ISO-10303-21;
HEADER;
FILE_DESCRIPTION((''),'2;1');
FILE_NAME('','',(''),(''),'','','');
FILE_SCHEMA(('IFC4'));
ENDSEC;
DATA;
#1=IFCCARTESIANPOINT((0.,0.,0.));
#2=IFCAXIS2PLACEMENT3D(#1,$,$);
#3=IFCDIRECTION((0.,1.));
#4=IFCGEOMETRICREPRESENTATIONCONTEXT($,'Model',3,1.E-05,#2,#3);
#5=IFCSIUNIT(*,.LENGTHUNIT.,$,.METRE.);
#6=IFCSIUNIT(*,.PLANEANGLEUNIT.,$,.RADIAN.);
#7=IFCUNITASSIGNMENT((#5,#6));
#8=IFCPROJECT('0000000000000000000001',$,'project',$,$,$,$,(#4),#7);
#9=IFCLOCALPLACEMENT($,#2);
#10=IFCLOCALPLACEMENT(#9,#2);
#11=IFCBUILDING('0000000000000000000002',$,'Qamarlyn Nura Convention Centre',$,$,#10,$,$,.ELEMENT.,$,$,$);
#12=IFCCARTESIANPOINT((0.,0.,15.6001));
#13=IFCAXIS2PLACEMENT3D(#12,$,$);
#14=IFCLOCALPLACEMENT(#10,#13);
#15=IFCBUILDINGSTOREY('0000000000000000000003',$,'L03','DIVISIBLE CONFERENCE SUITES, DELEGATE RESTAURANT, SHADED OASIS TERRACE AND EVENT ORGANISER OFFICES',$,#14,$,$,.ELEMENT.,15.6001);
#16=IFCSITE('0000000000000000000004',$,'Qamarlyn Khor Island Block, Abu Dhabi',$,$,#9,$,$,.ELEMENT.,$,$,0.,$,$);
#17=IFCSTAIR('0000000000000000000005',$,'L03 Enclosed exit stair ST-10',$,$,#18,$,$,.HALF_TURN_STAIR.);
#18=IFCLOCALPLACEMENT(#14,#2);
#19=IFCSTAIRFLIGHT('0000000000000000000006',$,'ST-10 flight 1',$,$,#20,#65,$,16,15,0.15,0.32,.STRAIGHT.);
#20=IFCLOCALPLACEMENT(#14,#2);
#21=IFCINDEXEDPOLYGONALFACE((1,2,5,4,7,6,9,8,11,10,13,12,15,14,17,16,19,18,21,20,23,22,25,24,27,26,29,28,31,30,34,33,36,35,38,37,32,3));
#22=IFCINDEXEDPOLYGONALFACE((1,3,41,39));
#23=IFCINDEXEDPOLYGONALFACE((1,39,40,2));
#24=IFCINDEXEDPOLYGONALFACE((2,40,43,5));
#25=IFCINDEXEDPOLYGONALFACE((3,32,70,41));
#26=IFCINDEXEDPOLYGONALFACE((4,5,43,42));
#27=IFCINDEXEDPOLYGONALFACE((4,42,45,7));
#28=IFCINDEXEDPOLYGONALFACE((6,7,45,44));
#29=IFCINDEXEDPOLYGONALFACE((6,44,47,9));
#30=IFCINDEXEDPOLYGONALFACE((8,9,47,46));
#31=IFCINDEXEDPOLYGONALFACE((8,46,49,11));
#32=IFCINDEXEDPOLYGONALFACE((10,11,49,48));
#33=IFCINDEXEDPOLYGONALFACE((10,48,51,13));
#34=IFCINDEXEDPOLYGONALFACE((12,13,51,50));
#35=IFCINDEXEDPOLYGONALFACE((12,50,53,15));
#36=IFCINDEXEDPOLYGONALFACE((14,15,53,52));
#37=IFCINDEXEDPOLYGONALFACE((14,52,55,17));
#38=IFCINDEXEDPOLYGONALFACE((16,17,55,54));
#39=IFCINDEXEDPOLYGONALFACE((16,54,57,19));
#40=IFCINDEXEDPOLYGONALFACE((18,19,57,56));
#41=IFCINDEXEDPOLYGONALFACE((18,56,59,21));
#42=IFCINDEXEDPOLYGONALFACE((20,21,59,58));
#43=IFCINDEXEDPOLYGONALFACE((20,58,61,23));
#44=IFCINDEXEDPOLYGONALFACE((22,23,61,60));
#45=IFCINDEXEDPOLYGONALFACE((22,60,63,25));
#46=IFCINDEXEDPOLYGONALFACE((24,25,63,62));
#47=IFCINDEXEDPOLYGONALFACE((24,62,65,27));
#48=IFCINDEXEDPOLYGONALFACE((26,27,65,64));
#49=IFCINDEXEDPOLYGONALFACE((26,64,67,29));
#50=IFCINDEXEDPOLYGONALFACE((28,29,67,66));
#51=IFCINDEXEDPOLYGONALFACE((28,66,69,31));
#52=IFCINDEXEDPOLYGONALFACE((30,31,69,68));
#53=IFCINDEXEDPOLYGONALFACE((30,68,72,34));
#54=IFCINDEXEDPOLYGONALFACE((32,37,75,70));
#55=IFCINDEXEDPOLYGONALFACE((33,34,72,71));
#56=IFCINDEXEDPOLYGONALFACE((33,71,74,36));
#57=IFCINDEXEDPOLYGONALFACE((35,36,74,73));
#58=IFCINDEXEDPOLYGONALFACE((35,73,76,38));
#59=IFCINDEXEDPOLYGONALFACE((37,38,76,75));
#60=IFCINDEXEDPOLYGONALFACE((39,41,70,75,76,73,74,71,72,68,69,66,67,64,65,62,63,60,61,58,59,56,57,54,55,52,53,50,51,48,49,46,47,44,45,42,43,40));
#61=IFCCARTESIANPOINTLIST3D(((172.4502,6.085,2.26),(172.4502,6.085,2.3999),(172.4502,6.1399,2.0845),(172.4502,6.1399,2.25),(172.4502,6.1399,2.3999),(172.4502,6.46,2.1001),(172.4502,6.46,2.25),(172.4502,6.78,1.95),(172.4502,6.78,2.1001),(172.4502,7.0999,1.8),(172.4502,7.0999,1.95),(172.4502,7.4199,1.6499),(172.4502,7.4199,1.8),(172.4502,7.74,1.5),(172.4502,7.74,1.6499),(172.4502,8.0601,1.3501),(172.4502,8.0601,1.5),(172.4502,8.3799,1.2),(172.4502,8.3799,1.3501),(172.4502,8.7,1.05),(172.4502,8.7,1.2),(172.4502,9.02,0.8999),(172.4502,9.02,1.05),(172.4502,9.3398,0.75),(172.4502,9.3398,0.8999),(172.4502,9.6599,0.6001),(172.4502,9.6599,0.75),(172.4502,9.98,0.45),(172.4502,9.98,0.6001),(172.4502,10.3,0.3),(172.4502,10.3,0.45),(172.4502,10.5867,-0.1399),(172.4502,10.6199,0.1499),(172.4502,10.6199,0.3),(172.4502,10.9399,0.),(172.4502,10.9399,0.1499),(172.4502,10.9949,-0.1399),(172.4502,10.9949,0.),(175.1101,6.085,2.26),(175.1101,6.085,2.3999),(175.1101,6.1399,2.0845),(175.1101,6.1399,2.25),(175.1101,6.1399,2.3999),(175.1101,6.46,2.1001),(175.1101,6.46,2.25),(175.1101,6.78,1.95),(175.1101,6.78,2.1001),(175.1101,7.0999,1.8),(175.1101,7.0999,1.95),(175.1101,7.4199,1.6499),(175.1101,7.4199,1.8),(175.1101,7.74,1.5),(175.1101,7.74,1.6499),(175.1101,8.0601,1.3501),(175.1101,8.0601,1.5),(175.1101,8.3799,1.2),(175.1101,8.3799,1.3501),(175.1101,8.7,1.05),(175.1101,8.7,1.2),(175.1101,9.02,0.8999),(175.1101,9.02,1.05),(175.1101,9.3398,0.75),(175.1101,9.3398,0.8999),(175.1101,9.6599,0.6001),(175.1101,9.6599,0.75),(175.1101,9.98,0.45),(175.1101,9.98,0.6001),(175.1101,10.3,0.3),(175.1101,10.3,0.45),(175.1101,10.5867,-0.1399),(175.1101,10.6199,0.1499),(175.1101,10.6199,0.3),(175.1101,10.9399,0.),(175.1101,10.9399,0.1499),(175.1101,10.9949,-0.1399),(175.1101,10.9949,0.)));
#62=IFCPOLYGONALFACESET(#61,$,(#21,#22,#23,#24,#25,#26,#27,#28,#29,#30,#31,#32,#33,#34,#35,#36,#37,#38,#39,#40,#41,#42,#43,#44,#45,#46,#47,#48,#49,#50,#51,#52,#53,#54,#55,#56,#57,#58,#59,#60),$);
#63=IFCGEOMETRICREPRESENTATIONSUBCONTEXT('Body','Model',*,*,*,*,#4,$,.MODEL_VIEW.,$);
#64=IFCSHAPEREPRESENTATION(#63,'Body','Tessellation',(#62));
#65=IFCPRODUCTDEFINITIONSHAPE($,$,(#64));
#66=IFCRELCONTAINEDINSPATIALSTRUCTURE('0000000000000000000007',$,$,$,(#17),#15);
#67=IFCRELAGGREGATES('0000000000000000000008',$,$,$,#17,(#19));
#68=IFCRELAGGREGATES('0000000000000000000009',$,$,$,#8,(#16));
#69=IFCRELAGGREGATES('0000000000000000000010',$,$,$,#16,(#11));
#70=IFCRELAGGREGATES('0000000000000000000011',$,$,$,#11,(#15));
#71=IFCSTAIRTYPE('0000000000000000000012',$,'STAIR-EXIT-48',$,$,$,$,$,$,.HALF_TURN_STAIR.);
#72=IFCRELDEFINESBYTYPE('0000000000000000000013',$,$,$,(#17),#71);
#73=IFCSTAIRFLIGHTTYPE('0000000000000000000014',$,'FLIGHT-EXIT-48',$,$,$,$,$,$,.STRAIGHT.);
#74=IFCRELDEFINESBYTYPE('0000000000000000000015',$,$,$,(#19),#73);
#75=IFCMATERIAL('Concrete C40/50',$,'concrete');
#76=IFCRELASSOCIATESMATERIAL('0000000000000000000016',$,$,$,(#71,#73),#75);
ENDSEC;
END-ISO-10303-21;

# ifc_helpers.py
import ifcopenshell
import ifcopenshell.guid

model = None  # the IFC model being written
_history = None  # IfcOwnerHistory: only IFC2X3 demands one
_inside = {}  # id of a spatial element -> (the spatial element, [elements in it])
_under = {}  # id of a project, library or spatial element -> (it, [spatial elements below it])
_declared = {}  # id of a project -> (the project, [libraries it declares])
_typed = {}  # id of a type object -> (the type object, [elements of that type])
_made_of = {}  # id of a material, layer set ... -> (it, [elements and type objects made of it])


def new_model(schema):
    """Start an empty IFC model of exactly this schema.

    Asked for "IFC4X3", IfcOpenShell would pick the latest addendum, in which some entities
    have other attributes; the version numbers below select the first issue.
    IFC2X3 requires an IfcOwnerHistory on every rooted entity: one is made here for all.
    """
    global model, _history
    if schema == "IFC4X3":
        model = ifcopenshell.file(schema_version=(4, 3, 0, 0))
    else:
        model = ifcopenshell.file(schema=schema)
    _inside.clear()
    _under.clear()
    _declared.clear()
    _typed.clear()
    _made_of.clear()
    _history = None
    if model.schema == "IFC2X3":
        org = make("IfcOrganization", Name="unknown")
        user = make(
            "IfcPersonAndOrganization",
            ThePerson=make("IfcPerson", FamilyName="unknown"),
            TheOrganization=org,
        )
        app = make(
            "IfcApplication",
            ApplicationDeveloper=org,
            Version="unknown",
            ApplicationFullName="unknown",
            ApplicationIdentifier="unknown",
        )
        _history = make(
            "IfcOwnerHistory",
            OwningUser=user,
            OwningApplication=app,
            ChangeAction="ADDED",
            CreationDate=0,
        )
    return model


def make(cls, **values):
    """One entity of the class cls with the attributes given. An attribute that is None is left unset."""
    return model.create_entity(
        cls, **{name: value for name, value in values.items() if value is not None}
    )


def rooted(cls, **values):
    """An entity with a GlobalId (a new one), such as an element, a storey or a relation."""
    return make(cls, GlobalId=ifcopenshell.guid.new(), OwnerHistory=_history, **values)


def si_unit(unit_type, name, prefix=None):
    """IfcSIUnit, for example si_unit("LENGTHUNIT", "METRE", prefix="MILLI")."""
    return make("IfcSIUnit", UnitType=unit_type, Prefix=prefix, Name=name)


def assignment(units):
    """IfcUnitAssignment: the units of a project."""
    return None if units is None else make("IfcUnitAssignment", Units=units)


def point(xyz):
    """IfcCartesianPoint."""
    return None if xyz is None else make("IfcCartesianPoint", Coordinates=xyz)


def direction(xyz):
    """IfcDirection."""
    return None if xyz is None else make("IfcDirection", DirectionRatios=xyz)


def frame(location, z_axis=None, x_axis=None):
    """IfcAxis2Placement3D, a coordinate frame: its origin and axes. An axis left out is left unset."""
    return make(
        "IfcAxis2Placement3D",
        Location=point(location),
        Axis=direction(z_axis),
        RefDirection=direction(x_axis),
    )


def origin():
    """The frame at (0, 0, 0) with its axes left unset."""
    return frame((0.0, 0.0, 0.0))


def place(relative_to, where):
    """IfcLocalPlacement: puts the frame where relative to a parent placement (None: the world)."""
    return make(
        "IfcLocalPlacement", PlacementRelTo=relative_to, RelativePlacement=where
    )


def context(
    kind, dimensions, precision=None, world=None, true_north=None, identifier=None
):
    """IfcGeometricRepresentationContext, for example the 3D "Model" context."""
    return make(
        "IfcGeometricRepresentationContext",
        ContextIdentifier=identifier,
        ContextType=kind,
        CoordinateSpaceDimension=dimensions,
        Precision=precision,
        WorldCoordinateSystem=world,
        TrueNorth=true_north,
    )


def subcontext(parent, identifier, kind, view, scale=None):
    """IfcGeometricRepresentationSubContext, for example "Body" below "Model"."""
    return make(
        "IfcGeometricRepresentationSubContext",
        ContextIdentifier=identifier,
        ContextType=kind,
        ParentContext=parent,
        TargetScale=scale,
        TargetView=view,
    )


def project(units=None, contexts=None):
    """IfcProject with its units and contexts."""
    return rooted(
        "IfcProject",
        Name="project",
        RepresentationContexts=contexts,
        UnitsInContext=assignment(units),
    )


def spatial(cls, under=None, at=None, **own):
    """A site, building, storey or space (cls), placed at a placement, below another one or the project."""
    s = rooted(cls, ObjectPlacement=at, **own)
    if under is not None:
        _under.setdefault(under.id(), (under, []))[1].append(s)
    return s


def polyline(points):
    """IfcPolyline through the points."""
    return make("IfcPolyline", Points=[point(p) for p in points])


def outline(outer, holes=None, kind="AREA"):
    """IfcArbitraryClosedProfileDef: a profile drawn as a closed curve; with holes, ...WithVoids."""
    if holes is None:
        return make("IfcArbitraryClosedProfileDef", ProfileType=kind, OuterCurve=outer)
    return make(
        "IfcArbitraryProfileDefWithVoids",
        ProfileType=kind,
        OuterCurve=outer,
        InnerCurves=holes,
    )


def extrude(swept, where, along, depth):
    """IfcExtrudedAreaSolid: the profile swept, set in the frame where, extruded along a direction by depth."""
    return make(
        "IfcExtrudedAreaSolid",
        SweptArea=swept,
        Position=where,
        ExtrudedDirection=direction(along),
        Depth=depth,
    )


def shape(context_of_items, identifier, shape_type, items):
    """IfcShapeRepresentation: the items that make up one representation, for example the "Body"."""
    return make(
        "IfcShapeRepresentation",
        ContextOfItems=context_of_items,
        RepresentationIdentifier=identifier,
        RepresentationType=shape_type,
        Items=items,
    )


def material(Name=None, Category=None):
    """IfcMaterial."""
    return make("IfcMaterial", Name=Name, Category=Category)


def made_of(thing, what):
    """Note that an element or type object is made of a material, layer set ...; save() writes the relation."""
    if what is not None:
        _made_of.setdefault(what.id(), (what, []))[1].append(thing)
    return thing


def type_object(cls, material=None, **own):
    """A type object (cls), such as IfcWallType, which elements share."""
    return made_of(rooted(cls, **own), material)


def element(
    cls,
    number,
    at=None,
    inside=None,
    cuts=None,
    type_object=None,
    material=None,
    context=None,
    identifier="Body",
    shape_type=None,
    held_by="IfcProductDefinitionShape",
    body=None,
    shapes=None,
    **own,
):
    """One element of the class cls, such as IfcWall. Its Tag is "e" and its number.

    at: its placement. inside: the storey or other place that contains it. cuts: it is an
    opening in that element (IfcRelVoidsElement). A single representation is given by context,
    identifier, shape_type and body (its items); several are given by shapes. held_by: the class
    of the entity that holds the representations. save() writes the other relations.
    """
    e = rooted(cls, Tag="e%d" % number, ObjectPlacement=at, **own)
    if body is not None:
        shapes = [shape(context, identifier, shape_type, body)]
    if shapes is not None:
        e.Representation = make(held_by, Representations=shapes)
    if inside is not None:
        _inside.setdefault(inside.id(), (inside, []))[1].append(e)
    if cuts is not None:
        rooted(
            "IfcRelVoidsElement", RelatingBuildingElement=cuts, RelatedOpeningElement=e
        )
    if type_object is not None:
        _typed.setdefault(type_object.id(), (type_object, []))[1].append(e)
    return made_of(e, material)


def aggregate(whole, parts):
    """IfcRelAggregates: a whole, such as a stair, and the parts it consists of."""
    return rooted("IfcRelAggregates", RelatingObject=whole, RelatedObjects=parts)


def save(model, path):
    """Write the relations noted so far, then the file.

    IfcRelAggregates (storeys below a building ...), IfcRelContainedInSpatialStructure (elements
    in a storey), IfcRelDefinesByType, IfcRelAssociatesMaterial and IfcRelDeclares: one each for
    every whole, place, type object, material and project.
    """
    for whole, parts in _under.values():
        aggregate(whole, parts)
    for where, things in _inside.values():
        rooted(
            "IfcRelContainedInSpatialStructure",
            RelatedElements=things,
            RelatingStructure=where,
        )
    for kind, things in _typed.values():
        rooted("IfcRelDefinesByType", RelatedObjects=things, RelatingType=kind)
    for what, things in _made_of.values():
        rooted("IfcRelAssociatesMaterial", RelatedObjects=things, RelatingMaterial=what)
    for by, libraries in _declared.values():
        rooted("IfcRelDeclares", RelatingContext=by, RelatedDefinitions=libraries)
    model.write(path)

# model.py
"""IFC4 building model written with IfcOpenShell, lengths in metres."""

from ifc_helpers import new_model, si_unit, direction, frame, origin, place, context, subcontext, project, spatial, polyline, outline, extrude, material, type_object, element, aggregate, save


model = new_model("IFC4")

# Units and contexts
model_context = context("Model", 3, precision=1e-05, world=origin(), true_north=direction((0.0, 1.0)))
body_context = subcontext(model_context, "Body", "Model", "MODEL_VIEW")
ifc_project = project(units=[si_unit("LENGTHUNIT", "METRE"), si_unit("PLANEANGLEUNIT", "RADIAN")], contexts=[model_context])

# Site, building, storey
site_placement = place(None, origin())
site = spatial("IfcSite", under=ifc_project, at=site_placement, Name="Qamarlyn Khor Island Block, Abu Dhabi", CompositionType="ELEMENT", RefElevation=0.0)
building_placement = place(site_placement, origin())
building = spatial("IfcBuilding", under=site, at=building_placement, Name="Qamarlyn Nura Convention Centre", CompositionType="ELEMENT")
storey_placement = place(building_placement, frame((0.0, 0.0, 15.6001)))
storey = spatial("IfcBuildingStorey", under=building, at=storey_placement, Name="L03", Description="DIVISIBLE CONFERENCE SUITES, DELEGATE RESTAURANT, SHADED OASIS TERRACE AND EVENT ORGANISER OFFICES", CompositionType="ELEMENT", Elevation=15.6001)

# Stair, stair flight
ifc_material_1 = material(Name="Concrete C40/50", Category="concrete")
stair_type = type_object("IfcStairType", Name="STAIR-EXIT-48", PredefinedType="HALF_TURN_STAIR", material=ifc_material_1)
stair_placement = place(storey_placement, origin())
stair = element("IfcStair", 1, at=stair_placement, inside=storey, type_object=stair_type, Name="L03 Enclosed exit stair ST-10", PredefinedType="HALF_TURN_STAIR")
stair_flight_type = type_object("IfcStairFlightType", Name="FLIGHT-EXIT-48", PredefinedType="STRAIGHT", material=ifc_material_1)
stair_flight_placement = place(storey_placement, frame((173.78, 10.9399, 0.0), z_axis=(0.0, 0.0, 1.0), x_axis=(0.0, -1.0, 0.0)))
stair_flight = element("IfcStairFlight", 2, at=stair_flight_placement, type_object=stair_flight_type, Name="ST-10 flight 1", NumberOfRisers=16, NumberOfTreads=15, PredefinedType="STRAIGHT", RiserHeight=0.15, TreadLength=0.32, context=body_context, shape_type="SweptSolid", body=[
    extrude(outline(polyline([(-0.0549, 0.0), (0.0, 0.0), (0.0, 0.1499), (0.3201, 0.1499), (0.3201, 0.3), (0.6399, 0.3), (0.6399, 0.45), (0.96, 0.45), (0.96, 0.6001), (1.28, 0.6001), (1.28, 0.75), (1.6001, 0.75), (1.6001, 0.8999), (1.9199, 0.8999), (1.9199, 1.05), (2.24, 1.05), (2.24, 1.2), (2.5601, 1.2), (2.5601, 1.3501), (2.8799, 1.3501), (2.8799, 1.5), (3.2, 1.5), (3.2, 1.6499), (3.52, 1.6499), (3.52, 1.8), (3.8401, 1.8), (3.8401, 1.95), (4.1599, 1.95), (4.1599, 2.1001), (4.48, 2.1001), (4.48, 2.25), (4.8, 2.25), (4.8, 2.3999), (4.855, 2.3999), (4.855, 2.26), (4.8, 2.0845), (0.3533, -0.1399), (-0.0549, -0.1399), (-0.0549, 0.0)])), frame((0.0, 1.3301, 0.0), z_axis=(0.0, -1.0, 0.0), x_axis=(1.0, 0.0, 0.0)), (0.0, 0.0, 1.0), 2.6599),
])
aggregate(stair, [stair_flight])

save(model, "model.ifc")
